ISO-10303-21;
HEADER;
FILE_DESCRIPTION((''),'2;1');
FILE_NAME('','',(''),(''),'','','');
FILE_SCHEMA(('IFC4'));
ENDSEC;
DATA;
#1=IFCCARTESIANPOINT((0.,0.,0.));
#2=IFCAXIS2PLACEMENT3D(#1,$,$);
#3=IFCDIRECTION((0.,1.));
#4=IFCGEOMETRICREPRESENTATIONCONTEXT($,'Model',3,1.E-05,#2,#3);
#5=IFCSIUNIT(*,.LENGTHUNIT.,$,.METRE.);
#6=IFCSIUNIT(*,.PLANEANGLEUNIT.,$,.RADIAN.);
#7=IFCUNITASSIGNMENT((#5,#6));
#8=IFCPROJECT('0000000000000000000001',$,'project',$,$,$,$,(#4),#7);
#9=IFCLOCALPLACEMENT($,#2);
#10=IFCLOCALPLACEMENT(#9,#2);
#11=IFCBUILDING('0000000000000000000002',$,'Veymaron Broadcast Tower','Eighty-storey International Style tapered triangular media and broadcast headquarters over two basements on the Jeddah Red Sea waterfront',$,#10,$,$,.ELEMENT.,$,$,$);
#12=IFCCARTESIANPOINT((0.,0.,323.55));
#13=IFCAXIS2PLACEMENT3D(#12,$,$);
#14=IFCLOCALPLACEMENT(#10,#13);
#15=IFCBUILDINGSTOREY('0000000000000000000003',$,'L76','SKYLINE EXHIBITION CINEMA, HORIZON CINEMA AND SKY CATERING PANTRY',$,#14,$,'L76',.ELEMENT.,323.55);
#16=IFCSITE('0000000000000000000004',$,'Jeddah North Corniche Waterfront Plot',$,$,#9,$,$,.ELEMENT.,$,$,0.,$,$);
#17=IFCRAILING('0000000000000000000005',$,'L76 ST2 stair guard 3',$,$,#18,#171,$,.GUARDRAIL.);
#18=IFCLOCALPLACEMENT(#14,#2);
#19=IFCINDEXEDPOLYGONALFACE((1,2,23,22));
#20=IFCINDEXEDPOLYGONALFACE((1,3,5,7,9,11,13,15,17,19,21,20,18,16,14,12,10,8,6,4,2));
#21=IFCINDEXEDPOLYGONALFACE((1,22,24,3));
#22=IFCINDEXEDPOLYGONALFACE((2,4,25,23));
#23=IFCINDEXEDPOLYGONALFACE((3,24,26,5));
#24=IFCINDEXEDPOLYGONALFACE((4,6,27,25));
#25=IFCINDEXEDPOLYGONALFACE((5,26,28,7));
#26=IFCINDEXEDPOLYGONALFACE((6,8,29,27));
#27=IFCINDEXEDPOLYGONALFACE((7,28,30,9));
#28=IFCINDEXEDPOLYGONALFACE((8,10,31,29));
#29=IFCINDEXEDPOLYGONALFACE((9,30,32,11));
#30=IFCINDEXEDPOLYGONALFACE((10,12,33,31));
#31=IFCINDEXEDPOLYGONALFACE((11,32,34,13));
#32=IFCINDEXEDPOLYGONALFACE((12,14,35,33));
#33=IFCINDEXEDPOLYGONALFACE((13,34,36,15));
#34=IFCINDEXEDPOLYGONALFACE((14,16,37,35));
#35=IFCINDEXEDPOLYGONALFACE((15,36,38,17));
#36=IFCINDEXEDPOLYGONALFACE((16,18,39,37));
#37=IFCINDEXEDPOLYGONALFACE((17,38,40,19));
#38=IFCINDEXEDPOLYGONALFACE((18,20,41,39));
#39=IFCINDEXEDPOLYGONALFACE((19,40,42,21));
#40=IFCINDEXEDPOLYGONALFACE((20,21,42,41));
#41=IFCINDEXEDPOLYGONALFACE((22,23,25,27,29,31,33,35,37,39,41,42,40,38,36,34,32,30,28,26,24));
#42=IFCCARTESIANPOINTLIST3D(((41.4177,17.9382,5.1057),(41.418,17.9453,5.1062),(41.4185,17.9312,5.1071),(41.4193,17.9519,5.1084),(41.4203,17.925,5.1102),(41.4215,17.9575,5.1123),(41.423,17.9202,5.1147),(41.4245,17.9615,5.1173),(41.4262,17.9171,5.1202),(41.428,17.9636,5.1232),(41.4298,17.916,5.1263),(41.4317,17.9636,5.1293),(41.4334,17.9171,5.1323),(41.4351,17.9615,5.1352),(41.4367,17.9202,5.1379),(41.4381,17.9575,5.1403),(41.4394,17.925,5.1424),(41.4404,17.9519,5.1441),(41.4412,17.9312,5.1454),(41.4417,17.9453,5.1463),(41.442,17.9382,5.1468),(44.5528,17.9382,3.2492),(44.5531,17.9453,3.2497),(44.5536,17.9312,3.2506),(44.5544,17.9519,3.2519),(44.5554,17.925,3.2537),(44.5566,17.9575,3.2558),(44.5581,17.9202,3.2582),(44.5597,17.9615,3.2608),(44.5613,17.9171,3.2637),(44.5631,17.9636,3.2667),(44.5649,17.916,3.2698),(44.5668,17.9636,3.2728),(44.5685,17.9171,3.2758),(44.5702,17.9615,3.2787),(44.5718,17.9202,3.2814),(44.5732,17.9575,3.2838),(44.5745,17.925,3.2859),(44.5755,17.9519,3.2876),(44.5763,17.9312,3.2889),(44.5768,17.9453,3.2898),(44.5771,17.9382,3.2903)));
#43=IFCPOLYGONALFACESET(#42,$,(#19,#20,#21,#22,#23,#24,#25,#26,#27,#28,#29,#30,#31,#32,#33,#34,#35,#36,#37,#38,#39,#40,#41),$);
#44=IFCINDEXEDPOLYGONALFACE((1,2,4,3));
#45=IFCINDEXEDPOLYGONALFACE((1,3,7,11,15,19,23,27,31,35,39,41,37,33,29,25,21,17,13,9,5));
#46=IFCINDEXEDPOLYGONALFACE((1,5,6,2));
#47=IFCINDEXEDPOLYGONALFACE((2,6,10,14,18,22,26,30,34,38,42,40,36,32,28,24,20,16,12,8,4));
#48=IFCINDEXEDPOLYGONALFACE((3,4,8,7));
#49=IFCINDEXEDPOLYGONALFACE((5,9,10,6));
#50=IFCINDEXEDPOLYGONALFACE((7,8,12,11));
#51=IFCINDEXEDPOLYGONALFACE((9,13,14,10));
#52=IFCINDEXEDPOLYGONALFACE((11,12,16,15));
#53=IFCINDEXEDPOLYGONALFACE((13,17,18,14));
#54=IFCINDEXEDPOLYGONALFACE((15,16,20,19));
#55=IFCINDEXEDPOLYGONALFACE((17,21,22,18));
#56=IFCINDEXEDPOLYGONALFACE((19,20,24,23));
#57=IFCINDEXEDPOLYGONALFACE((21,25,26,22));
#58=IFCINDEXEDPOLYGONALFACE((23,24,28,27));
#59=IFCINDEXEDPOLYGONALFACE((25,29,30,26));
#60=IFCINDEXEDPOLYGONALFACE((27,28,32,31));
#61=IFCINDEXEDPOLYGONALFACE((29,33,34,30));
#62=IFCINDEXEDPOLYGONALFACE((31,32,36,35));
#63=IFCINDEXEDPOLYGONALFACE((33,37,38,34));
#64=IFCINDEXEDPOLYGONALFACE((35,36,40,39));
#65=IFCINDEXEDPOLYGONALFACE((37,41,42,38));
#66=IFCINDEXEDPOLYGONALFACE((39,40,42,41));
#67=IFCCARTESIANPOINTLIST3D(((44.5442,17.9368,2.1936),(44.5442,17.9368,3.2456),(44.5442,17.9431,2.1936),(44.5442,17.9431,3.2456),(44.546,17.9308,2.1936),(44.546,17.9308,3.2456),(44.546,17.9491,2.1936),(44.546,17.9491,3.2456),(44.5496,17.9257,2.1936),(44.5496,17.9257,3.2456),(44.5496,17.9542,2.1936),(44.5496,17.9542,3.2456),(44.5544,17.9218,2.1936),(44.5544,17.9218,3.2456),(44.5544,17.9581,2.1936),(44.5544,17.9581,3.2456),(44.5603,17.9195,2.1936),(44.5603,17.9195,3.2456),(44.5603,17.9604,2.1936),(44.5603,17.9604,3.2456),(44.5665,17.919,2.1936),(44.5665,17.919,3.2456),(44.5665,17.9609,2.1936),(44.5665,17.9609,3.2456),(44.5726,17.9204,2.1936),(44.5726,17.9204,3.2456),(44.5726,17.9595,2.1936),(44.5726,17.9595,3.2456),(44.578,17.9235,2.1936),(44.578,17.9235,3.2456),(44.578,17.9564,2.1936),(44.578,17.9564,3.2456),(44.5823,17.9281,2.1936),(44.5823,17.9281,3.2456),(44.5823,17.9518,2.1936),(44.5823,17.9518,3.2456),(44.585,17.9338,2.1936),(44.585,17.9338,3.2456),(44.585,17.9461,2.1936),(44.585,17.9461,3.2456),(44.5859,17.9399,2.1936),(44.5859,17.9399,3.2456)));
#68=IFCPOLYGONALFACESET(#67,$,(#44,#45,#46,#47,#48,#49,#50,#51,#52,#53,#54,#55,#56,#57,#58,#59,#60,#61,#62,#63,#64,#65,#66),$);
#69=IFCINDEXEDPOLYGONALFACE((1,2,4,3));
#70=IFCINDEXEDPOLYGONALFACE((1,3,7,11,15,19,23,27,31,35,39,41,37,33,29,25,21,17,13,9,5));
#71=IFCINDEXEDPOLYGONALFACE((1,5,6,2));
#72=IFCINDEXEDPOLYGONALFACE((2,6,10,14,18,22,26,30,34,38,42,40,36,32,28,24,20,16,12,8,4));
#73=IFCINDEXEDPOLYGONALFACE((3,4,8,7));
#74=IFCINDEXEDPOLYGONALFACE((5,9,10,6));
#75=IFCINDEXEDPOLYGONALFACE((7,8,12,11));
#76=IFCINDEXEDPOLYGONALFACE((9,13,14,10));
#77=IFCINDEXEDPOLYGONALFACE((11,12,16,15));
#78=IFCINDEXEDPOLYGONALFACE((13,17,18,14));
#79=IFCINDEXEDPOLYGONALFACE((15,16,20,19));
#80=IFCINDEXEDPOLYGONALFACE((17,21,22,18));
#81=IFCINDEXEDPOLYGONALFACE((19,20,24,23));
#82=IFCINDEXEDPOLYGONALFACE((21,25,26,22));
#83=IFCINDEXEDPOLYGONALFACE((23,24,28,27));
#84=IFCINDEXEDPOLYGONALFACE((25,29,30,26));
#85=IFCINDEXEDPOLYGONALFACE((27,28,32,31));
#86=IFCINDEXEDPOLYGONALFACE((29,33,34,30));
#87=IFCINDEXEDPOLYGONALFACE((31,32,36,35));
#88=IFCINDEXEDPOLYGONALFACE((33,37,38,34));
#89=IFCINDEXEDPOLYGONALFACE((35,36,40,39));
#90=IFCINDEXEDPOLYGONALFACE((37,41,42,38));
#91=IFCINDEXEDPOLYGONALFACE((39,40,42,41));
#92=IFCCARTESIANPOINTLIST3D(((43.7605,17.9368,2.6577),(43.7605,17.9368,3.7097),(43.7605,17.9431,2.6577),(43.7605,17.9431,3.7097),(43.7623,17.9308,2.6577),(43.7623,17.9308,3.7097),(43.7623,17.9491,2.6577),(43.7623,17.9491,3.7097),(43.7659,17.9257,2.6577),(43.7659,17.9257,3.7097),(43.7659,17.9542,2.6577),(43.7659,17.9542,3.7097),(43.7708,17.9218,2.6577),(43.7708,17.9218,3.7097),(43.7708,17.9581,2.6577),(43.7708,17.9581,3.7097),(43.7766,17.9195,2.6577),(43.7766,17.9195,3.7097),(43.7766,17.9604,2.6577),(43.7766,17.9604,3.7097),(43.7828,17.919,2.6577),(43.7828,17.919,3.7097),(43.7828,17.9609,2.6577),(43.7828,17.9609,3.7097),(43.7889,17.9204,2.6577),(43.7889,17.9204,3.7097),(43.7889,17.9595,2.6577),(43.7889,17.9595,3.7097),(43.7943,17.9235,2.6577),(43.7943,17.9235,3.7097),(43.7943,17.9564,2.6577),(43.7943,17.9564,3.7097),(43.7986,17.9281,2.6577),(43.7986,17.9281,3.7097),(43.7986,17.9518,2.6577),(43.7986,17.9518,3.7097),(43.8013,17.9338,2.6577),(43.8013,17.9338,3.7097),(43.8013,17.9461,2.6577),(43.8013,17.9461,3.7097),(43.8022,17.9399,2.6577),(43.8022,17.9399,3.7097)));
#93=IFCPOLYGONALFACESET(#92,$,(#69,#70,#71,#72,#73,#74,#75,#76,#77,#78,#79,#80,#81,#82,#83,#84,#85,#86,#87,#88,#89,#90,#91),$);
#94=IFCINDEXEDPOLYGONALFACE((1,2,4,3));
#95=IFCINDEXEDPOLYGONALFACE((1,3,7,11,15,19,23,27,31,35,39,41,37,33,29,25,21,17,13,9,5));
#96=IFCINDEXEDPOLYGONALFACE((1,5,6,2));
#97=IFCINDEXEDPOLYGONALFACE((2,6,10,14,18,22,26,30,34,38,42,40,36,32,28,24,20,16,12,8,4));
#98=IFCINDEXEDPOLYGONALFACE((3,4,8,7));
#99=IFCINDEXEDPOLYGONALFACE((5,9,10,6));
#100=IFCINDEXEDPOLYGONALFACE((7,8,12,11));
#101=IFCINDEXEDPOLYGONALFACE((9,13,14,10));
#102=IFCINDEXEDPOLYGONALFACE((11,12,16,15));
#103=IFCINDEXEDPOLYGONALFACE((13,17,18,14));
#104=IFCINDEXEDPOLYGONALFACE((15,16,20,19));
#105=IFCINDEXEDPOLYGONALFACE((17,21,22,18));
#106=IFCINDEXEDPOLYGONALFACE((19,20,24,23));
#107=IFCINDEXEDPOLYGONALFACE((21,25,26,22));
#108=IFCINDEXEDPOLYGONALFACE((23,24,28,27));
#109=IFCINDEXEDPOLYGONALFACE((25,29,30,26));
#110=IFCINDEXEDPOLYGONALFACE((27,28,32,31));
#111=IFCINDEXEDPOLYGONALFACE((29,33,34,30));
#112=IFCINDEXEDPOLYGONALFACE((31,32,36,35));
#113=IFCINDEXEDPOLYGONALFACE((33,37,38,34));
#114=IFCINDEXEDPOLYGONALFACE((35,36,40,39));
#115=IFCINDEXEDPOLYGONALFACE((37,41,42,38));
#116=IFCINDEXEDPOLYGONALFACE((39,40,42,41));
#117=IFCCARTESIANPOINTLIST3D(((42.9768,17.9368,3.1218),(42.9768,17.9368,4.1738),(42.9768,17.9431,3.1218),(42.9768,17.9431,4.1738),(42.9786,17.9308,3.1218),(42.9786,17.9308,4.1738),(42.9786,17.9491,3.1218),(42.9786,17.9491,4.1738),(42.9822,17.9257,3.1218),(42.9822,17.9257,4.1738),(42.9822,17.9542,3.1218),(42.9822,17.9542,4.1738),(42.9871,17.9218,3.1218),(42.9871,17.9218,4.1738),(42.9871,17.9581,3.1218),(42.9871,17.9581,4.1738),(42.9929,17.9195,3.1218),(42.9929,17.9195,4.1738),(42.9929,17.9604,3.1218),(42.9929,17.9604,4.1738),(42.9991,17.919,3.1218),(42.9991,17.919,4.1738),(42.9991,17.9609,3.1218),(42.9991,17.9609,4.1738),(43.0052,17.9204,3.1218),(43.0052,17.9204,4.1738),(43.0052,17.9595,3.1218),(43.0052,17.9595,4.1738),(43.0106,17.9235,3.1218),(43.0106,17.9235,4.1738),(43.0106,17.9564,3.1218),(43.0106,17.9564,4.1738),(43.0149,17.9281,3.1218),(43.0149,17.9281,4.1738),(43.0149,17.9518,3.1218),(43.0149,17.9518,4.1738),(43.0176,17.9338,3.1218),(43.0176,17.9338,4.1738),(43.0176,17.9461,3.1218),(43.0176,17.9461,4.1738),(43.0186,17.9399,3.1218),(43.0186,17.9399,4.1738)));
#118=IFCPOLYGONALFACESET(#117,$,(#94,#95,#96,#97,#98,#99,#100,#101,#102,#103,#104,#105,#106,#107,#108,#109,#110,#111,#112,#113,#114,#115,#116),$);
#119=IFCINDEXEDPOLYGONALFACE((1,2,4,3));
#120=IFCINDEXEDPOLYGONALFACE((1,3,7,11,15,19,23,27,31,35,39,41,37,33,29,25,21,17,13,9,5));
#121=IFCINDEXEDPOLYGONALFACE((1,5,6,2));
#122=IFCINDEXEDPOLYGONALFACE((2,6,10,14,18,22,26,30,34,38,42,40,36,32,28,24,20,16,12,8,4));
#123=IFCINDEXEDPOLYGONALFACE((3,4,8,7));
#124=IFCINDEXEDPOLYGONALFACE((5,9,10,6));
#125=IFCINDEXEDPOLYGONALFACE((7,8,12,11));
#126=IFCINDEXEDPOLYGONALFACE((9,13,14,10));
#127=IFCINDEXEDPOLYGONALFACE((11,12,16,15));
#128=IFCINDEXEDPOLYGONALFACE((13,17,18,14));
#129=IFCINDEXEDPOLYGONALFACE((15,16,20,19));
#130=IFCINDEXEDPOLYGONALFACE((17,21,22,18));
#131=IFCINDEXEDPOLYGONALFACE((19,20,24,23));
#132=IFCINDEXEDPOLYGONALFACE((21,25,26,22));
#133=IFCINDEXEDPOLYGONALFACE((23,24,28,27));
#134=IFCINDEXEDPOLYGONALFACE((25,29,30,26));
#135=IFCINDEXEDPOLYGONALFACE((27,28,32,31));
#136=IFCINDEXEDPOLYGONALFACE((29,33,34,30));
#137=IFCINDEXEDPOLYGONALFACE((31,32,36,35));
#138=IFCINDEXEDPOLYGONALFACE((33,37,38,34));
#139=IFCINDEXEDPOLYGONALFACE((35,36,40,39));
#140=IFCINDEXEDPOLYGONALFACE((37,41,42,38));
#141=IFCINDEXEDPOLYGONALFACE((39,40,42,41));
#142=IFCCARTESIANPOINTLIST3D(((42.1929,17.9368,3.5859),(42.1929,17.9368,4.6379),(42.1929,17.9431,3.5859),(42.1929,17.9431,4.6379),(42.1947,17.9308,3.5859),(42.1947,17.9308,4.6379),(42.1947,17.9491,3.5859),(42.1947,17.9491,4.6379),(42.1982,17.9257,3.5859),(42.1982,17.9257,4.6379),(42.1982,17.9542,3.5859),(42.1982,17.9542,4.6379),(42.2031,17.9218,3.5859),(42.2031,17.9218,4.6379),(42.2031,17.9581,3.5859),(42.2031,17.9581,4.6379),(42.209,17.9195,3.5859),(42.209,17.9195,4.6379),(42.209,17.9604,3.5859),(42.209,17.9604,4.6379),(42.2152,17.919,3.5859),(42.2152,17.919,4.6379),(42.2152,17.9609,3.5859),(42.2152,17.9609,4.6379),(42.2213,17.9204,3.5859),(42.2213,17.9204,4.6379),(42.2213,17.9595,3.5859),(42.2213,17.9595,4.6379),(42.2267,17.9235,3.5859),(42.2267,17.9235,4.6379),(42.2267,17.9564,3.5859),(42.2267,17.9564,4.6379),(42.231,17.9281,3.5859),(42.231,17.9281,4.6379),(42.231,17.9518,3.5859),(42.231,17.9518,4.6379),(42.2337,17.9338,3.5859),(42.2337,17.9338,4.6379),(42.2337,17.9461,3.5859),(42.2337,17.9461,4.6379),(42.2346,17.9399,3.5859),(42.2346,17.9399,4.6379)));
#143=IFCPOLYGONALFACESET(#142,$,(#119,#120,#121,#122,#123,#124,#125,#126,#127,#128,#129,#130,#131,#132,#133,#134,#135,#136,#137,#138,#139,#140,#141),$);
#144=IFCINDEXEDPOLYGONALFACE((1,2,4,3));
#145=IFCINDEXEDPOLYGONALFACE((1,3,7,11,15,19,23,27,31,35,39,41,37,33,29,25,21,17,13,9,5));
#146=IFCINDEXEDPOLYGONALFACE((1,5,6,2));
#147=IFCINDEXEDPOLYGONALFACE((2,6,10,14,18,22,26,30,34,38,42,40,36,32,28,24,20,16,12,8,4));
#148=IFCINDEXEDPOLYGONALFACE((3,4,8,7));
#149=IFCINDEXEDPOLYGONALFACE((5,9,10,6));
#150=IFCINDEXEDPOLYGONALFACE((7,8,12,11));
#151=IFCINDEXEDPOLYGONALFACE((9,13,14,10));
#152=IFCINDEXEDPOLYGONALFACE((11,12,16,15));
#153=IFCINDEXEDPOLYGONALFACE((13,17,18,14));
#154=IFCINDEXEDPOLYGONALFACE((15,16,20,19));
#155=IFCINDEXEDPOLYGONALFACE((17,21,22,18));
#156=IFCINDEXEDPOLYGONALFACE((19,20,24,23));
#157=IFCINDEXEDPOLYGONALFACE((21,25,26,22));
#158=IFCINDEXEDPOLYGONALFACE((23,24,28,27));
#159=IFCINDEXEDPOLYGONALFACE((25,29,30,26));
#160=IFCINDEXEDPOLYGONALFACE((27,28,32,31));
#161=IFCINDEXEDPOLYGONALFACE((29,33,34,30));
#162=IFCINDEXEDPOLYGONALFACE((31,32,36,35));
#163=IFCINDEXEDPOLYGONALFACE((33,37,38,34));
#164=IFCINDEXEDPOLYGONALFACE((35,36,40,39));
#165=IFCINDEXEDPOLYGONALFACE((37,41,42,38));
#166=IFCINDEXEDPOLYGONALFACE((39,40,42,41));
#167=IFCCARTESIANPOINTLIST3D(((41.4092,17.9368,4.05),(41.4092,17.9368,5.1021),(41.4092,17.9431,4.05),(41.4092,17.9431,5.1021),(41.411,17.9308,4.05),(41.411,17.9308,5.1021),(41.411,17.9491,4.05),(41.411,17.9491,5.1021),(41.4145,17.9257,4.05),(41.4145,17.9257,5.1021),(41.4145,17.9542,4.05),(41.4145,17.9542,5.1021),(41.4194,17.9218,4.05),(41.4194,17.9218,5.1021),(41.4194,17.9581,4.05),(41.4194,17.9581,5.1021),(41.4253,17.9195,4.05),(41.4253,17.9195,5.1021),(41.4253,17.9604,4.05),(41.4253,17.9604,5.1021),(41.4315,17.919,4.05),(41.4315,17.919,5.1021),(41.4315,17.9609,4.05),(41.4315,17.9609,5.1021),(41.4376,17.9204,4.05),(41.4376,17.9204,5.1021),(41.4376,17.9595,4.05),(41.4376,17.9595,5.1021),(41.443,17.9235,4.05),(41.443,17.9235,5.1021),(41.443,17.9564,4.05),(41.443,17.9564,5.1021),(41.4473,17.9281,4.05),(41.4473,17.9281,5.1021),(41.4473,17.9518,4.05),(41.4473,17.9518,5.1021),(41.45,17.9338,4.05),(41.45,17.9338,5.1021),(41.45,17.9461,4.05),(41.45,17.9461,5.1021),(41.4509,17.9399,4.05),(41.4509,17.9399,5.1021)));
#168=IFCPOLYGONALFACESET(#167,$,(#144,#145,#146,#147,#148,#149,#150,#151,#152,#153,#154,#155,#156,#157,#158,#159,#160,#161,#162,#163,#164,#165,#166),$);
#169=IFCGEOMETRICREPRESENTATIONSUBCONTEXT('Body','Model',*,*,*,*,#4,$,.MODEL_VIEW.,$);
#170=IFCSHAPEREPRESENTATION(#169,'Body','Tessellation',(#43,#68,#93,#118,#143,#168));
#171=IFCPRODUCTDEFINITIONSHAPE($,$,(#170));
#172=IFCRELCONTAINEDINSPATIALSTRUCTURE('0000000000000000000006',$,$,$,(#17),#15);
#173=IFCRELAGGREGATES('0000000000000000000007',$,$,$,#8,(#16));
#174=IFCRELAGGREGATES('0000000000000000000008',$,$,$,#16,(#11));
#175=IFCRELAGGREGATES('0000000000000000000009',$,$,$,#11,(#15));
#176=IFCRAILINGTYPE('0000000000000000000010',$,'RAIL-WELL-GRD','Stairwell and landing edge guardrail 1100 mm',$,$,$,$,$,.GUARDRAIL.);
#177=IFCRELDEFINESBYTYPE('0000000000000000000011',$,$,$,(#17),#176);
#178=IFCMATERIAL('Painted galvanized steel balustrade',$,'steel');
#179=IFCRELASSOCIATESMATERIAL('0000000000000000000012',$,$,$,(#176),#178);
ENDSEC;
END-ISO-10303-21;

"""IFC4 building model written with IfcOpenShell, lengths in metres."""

from ifc_helpers import new_model, si_unit, direction, frame, origin, origin_2d, place, context, subcontext, project, spatial, circle, extrude, material, type_object, element, save


model = new_model("IFC4")

# Units and contexts
model_context = context("Model", 3, precision=1e-05, world=origin(), true_north=direction((0.0, 1.0)))
body_context = subcontext(model_context, "Body", "Model", "MODEL_VIEW")
ifc_project = project(units=[si_unit("LENGTHUNIT", "METRE"), si_unit("PLANEANGLEUNIT", "RADIAN")], contexts=[model_context])

# Site, building, storey
site_placement = place(None, origin())
site = spatial("IfcSite", under=ifc_project, at=site_placement, Name="Jeddah North Corniche Waterfront Plot", CompositionType="ELEMENT", RefElevation=0.0)
building_placement = place(site_placement, origin())
building = spatial("IfcBuilding", under=site, at=building_placement, Name="Veymaron Broadcast Tower", Description="Eighty-storey International Style tapered triangular media and broadcast headquarters over two basements on the Jeddah Red Sea waterfront", CompositionType="ELEMENT")
storey_placement = place(building_placement, frame((0.0, 0.0, 323.55)))
storey = spatial("IfcBuildingStorey", under=building, at=storey_placement, Name="L76", Description="SKYLINE EXHIBITION CINEMA, HORIZON CINEMA AND SKY CATERING PANTRY", LongName="L76", CompositionType="ELEMENT", Elevation=323.55)

# Railing
ifc_material_1 = material(Name="Painted galvanized steel balustrade", Category="steel")
railing_type_1 = type_object("IfcRailingType", Name="RAIL-WELL-GRD", Description="Stairwell and landing edge guardrail 1100 mm", PredefinedType="GUARDRAIL", material=ifc_material_1)
railing_1_placement = place(storey_placement, frame((44.5649, 17.9399, 2.1936)))
element("IfcRailing", 1, at=railing_1_placement, inside=storey, type_object=railing_type_1, Name="L76 ST2 stair guard 3", PredefinedType="GUARDRAIL", context=body_context, shape_type="SweptSolid", body=[
    extrude(circle(Radius=0.0239, at=origin_2d()), frame((0.0, 0.0, 1.0762), z_axis=(-0.860453, 0.0, 0.509531), x_axis=(0.0, -1.0, 0.0)), (0.0, 0.0, 1.0), 3.6436),
    extrude(circle(Radius=0.021, at=origin_2d()), origin(), (0.0, 0.0, 1.0), 1.052),
    extrude(circle(Radius=0.021, at=origin_2d()), frame((-0.7837, 0.0, 0.4641)), (0.0, 0.0, 1.0), 1.052),
    extrude(circle(Radius=0.021, at=origin_2d()), frame((-1.5674, 0.0, 0.9282)), (0.0, 0.0, 1.0), 1.052),
    extrude(circle(Radius=0.021, at=origin_2d()), frame((-2.3513, 0.0, 1.3923)), (0.0, 0.0, 1.0), 1.052),
    extrude(circle(Radius=0.021, at=origin_2d()), frame((-3.135, 0.0, 1.8564)), (0.0, 0.0, 1.0), 1.052),
])

save(model, "model.ifc")
